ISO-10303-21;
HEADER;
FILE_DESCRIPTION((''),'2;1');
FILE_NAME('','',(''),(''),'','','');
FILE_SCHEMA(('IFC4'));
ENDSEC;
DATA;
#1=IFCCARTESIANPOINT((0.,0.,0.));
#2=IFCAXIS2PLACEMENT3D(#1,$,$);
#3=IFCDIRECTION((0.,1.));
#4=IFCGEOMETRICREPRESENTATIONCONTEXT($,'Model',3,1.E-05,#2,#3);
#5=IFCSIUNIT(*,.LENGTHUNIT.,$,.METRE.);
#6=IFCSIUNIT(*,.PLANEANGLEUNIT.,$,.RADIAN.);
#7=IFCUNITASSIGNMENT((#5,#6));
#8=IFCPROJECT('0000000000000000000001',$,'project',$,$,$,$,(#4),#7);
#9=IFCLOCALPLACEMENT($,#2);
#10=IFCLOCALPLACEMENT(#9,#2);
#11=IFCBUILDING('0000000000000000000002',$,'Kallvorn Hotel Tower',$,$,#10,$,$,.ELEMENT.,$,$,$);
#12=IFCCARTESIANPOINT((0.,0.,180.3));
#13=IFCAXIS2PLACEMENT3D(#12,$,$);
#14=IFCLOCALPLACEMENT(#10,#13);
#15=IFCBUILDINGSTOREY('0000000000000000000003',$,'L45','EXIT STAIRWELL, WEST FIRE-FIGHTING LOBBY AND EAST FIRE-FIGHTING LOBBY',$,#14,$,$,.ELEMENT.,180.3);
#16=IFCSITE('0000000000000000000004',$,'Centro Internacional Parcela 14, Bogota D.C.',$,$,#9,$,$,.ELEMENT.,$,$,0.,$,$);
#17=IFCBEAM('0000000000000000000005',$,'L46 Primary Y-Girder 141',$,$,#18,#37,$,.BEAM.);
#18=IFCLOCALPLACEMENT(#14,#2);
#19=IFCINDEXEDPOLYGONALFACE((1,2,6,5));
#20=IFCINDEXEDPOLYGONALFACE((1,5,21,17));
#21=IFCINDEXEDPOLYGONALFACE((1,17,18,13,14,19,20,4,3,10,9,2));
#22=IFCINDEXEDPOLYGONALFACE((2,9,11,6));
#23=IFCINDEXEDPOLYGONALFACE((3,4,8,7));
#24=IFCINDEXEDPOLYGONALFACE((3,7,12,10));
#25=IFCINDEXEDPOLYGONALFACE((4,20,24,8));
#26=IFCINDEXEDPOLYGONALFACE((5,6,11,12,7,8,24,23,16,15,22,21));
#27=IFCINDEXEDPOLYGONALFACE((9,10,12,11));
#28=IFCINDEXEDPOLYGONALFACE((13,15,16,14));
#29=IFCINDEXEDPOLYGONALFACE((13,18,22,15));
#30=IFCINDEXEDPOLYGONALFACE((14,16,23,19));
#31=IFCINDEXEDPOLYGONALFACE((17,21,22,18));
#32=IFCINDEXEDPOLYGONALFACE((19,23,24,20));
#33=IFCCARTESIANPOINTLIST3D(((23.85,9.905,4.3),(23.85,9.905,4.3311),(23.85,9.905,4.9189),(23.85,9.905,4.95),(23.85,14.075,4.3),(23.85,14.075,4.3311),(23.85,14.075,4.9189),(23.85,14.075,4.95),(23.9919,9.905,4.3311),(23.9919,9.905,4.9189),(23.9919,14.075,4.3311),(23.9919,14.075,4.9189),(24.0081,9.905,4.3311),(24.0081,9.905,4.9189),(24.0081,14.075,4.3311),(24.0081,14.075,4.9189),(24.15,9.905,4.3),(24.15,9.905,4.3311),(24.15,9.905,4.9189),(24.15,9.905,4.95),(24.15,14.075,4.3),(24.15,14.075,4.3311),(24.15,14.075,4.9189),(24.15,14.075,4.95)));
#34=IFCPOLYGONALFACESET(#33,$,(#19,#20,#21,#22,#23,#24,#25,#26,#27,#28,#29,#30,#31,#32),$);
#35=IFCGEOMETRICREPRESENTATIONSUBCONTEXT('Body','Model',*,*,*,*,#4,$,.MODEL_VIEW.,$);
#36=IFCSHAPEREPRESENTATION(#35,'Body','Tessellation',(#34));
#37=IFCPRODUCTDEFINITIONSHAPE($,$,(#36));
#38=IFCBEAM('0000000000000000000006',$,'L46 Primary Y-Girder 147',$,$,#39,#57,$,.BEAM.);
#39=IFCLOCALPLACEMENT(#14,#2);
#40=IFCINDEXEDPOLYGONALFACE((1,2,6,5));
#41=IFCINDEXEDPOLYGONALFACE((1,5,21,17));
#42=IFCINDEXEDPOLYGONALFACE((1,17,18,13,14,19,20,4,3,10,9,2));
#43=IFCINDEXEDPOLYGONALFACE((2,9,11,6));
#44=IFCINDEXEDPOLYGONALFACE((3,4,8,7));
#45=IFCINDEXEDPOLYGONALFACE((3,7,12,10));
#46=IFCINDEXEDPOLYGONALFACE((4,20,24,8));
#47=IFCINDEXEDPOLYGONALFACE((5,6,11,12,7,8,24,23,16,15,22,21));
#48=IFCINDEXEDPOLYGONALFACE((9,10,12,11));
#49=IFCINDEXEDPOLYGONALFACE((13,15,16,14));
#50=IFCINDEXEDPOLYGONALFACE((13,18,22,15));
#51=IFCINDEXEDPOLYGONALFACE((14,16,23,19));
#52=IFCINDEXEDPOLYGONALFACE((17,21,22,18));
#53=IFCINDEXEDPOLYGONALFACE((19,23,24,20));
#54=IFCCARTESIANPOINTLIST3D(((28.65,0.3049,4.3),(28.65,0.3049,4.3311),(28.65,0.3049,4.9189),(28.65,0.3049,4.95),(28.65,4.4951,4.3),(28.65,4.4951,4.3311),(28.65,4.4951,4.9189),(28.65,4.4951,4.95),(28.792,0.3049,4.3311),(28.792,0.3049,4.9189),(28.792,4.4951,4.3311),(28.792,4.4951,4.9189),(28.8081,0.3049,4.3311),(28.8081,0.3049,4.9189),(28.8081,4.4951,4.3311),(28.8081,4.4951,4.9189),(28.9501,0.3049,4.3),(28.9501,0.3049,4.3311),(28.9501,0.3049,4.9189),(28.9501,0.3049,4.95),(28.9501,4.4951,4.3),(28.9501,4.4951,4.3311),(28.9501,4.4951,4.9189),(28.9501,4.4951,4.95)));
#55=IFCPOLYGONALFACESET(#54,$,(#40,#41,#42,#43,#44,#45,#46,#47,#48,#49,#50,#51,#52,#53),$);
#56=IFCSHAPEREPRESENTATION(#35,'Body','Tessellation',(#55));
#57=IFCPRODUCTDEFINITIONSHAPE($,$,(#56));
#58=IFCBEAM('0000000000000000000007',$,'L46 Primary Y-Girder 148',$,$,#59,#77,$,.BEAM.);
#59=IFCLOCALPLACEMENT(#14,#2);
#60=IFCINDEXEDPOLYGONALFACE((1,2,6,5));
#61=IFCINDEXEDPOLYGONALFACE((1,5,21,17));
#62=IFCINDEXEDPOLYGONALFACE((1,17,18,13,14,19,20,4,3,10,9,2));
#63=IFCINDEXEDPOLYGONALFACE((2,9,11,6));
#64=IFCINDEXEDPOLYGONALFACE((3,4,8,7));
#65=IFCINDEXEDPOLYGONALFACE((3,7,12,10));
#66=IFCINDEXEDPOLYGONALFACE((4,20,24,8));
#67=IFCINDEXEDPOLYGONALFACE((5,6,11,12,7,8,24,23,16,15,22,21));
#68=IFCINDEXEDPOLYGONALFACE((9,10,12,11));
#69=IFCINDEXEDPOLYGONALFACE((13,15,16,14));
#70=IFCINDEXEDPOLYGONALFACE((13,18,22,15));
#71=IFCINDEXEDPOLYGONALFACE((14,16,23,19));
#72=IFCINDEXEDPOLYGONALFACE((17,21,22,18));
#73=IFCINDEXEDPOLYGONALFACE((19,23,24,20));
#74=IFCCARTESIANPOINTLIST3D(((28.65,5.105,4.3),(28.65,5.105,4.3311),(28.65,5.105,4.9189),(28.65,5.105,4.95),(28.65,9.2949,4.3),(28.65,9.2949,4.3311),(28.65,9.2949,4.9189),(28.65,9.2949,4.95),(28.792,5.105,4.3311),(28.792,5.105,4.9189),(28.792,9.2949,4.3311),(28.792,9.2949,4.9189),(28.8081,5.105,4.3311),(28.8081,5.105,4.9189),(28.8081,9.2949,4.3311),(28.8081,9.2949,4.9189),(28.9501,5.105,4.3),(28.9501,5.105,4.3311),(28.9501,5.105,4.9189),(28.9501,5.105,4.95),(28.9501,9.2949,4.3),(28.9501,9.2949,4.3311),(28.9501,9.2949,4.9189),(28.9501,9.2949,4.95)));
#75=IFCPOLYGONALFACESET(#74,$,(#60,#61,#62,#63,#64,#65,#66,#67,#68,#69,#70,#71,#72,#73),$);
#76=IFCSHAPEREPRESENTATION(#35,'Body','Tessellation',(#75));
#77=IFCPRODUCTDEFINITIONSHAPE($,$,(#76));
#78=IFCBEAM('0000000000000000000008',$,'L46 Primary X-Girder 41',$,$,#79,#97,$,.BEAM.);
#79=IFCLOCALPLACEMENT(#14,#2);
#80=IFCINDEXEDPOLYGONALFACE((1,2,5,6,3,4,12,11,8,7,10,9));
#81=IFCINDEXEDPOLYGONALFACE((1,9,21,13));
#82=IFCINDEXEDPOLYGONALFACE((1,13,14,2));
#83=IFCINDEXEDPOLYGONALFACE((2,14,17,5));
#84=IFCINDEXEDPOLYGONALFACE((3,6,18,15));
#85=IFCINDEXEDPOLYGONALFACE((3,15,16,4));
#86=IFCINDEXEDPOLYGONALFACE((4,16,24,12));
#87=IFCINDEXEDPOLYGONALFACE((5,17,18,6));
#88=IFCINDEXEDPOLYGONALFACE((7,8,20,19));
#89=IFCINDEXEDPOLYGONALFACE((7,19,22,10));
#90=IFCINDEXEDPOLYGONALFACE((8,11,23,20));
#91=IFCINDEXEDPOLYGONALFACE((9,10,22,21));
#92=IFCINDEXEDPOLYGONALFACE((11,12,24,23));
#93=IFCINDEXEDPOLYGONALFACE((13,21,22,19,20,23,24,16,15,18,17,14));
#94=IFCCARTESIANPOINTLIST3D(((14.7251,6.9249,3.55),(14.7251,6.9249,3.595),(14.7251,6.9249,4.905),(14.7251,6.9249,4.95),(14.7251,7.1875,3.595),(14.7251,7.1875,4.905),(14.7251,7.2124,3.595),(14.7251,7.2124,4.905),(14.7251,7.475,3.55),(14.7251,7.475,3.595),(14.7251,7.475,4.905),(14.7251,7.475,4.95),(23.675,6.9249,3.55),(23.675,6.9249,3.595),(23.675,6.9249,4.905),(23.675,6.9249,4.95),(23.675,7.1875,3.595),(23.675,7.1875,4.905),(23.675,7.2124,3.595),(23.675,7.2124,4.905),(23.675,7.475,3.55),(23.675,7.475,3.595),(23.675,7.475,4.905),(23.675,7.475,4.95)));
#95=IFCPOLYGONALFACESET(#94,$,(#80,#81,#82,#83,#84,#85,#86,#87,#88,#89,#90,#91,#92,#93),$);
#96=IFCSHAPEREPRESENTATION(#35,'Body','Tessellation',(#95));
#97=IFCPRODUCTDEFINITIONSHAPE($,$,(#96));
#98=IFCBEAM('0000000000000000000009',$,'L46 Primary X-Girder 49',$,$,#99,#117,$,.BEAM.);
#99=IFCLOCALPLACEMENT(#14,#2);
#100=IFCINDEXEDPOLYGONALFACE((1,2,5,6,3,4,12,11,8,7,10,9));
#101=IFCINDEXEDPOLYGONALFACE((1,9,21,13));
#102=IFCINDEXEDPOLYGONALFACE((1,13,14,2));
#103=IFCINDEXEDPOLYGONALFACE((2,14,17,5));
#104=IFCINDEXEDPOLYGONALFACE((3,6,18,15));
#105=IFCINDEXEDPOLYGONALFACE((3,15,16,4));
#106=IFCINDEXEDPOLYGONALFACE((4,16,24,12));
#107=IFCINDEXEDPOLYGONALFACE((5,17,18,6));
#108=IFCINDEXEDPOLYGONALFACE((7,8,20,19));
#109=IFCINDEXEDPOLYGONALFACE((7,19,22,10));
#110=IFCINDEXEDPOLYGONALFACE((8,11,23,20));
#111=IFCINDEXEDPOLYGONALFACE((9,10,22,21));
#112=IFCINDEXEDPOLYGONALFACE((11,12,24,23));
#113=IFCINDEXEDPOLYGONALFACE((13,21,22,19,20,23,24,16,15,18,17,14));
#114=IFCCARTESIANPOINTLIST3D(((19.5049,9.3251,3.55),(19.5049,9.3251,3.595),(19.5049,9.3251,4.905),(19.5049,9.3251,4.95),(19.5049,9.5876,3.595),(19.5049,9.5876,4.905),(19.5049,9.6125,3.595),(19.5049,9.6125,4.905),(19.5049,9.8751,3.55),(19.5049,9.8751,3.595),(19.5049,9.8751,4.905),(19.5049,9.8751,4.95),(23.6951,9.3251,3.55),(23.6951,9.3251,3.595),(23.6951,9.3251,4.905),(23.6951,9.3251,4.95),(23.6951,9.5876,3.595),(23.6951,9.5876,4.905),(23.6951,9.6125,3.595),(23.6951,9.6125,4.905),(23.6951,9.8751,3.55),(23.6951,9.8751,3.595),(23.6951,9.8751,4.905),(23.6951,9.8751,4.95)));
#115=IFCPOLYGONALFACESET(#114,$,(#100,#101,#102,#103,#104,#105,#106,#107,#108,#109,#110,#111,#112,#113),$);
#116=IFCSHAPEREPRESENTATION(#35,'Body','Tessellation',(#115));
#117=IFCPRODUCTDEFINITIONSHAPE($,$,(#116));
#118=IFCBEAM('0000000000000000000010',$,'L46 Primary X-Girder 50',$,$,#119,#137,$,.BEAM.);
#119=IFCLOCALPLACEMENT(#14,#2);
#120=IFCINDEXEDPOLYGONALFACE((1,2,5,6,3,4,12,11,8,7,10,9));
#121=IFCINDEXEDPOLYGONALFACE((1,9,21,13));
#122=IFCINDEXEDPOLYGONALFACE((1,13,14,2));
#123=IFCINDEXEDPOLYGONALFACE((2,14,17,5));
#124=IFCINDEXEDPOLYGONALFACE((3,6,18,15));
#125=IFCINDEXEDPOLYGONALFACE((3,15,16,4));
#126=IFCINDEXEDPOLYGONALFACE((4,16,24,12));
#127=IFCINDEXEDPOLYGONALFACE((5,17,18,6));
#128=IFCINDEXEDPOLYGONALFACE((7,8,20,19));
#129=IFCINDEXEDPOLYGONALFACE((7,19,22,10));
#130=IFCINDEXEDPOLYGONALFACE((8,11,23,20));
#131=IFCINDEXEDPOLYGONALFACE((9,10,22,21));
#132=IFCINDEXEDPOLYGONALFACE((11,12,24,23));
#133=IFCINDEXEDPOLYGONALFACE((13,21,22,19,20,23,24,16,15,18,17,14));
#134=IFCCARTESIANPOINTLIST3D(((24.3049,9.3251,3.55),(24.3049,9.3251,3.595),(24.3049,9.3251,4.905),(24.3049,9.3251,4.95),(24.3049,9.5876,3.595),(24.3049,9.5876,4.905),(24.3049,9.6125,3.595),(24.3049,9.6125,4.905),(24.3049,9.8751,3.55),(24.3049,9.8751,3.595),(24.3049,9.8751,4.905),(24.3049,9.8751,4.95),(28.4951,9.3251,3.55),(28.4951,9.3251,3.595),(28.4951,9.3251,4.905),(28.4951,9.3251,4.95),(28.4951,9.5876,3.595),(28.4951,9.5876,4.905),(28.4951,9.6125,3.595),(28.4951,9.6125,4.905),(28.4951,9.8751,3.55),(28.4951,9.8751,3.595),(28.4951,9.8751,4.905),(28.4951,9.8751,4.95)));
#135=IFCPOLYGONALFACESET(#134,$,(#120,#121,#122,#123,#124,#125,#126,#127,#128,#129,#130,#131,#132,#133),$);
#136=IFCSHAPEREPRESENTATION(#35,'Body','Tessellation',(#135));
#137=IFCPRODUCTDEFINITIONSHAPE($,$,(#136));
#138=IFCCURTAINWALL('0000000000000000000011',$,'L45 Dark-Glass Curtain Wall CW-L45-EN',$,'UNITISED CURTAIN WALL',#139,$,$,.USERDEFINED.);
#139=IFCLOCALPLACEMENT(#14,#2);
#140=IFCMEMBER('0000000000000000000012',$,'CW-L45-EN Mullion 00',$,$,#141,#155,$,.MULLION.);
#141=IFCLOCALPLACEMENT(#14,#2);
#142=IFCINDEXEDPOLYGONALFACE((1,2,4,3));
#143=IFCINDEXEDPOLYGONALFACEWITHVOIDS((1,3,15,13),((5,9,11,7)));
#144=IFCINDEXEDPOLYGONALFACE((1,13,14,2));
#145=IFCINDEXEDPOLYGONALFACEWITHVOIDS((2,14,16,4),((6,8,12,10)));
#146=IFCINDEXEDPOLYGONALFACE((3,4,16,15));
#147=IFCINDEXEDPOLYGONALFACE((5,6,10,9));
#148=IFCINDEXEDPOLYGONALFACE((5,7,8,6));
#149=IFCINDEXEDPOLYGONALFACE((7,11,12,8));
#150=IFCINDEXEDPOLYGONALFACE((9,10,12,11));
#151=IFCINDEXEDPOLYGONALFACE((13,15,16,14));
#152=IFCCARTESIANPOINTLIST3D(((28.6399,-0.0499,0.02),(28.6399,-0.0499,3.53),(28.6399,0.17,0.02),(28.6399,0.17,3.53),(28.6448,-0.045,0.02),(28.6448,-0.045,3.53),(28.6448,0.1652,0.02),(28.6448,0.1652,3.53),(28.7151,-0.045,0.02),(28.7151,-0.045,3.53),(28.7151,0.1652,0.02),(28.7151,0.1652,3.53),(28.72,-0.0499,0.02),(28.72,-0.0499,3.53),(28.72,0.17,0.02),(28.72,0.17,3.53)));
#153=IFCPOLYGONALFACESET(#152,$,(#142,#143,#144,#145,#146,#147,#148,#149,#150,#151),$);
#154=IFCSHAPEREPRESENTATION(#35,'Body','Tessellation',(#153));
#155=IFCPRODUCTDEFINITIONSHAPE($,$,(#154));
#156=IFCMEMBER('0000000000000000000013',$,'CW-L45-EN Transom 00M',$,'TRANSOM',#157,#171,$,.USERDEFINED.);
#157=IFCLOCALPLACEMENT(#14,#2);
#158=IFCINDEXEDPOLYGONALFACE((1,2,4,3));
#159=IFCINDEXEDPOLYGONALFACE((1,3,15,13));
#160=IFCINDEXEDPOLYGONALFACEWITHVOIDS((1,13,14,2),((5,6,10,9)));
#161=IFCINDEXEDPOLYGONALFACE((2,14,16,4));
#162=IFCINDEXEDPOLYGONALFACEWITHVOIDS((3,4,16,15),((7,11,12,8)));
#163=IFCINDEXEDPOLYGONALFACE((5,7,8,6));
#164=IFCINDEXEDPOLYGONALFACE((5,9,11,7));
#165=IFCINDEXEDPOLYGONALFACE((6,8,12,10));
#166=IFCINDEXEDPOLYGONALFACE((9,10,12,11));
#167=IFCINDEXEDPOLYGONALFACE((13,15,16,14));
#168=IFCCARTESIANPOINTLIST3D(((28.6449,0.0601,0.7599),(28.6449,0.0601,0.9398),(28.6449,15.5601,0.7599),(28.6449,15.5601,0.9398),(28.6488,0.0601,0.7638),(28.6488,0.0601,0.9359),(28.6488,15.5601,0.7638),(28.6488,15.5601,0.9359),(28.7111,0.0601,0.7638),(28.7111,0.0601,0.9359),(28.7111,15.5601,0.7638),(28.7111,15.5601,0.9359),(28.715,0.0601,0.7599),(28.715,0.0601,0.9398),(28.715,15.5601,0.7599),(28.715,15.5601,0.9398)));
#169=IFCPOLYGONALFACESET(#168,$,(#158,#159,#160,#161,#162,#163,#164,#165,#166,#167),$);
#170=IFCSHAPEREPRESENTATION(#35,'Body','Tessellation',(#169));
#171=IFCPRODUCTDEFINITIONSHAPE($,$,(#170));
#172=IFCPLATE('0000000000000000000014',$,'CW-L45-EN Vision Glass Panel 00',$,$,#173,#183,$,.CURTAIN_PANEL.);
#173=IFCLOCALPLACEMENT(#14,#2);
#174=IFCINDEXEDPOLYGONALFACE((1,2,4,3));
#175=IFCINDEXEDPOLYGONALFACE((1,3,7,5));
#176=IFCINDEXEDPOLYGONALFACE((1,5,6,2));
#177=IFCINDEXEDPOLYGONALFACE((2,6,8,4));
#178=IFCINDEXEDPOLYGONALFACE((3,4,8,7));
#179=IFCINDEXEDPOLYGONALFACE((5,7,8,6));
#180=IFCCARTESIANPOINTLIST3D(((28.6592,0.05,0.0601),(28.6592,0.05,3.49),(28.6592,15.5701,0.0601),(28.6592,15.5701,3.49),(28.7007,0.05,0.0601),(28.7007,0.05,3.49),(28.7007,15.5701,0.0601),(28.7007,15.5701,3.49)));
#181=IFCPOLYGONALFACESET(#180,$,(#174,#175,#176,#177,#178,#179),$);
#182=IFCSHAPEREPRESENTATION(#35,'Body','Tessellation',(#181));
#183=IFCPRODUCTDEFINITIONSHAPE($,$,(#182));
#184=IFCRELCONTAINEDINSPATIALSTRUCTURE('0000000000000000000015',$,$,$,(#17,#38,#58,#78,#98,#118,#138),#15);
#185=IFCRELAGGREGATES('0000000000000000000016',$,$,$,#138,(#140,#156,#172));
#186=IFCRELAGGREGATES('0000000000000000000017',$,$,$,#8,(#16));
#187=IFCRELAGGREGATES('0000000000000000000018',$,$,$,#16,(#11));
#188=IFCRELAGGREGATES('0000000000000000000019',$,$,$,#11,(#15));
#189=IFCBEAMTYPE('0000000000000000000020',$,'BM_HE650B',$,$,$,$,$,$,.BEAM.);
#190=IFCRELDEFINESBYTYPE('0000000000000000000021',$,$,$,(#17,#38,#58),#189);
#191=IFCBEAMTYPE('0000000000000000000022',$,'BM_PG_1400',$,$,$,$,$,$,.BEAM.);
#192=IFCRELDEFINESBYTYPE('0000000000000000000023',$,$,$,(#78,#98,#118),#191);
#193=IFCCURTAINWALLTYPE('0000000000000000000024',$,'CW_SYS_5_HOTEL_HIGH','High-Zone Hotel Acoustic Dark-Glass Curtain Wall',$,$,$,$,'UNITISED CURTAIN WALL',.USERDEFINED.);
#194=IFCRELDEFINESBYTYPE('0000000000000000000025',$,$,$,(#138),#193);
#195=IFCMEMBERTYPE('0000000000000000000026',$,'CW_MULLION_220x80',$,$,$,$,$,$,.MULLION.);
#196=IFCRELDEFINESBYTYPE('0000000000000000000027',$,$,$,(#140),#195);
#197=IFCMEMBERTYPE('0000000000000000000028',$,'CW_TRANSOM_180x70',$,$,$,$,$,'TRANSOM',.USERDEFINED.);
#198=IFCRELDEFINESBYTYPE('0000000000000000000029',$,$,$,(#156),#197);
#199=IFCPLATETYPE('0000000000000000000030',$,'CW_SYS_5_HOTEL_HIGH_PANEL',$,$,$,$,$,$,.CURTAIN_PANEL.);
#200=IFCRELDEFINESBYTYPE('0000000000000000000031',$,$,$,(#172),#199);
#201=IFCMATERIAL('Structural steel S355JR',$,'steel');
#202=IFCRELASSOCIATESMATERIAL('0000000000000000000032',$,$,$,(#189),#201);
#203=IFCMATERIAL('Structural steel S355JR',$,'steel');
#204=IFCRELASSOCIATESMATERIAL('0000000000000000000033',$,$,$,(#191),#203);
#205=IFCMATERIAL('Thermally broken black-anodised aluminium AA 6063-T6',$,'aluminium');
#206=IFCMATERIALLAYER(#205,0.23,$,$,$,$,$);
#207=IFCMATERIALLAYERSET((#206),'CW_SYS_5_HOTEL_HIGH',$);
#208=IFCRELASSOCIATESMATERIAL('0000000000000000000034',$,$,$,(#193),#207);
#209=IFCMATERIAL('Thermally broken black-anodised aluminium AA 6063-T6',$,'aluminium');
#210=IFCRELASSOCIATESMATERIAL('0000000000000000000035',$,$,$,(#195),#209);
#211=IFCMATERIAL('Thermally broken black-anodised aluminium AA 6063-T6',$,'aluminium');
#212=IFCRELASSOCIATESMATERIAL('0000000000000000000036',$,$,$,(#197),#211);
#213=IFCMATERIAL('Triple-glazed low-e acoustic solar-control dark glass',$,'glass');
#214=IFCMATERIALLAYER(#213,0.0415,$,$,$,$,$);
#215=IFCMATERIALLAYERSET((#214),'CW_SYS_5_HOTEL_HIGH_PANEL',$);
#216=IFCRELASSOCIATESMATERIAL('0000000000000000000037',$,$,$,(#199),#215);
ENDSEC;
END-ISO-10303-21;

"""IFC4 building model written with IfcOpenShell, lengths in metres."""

from ifc_helpers import new_model, si_unit, direction, frame, origin, origin_2d, place, context, subcontext, project, spatial, rectangle, hollow_rectangle, i_section, extrude, material, layer, layer_set, material_profile, profile_set, type_object, element, aggregate, save


model = new_model("IFC4")

# Units and contexts
model_context = context("Model", 3, precision=1e-05, world=origin(), true_north=direction((0.0, 1.0)))
body_context = subcontext(model_context, "Body", "Model", "MODEL_VIEW")
ifc_project = project(units=[si_unit("LENGTHUNIT", "METRE"), si_unit("PLANEANGLEUNIT", "RADIAN")], contexts=[model_context])

# Site, building, storey
site_placement = place(None, origin())
site = spatial("IfcSite", under=ifc_project, at=site_placement, Name="Centro Internacional Parcela 14, Bogota D.C.", CompositionType="ELEMENT", RefElevation=0.0)
building_placement = place(site_placement, origin())
building = spatial("IfcBuilding", under=site, at=building_placement, Name="Kallvorn Hotel Tower", CompositionType="ELEMENT")
storey_placement = place(building_placement, frame((0.0, 0.0, 180.3)))
storey = spatial("IfcBuildingStorey", under=building, at=storey_placement, Name="L45", Description="EXIT STAIRWELL, WEST FIRE-FIGHTING LOBBY AND EAST FIRE-FIGHTING LOBBY", CompositionType="ELEMENT", Elevation=180.3)

# Beams
ifc_material_1 = material(Name="Structural steel S355JR", Category="steel")
ifc_material_profile_1 = material_profile(ifc_material_1, i_section(OverallWidth=0.3, OverallDepth=0.6499, WebThickness=0.0161, FlangeThickness=0.031, at=origin_2d()), Name="HE 650 B")
ifc_profile_set_1 = profile_set([ifc_material_profile_1], Name="Structural steel S355JR")
beam_type_1 = type_object("IfcBeamType", Name="BM_HE650B", PredefinedType="BEAM", material=ifc_profile_set_1)
beam_1_placement = place(storey_placement, frame((24.0, 9.905, 4.625), z_axis=(0.0, 1.0, 0.0), x_axis=(-1.0, 0.0, 0.0)))
element("IfcBeam", 1, at=beam_1_placement, inside=storey, type_object=beam_type_1, Name="L46 Primary Y-Girder 141", PredefinedType="BEAM", context=body_context, shape_type="SweptSolid", body=[
    extrude(i_section(OverallWidth=0.3, OverallDepth=0.6499, WebThickness=0.0161, FlangeThickness=0.031, at=origin_2d()), origin(), (0.0, 0.0, 1.0), 4.1699),
])
beam_2_placement = place(storey_placement, frame((28.8, 0.3049, 4.625), z_axis=(0.0, 1.0, 0.0), x_axis=(-1.0, 0.0, 0.0)))
element("IfcBeam", 2, at=beam_2_placement, inside=storey, type_object=beam_type_1, Name="L46 Primary Y-Girder 147", PredefinedType="BEAM", context=body_context, shape_type="SweptSolid", body=[
    extrude(i_section(OverallWidth=0.3, OverallDepth=0.6499, WebThickness=0.0161, FlangeThickness=0.031, at=origin_2d()), origin(), (0.0, 0.0, 1.0), 4.1902),
])
beam_3_placement = place(storey_placement, frame((28.8, 5.105, 4.625), z_axis=(0.0, 1.0, 0.0), x_axis=(-1.0, 0.0, 0.0)))
element("IfcBeam", 3, at=beam_3_placement, inside=storey, type_object=beam_type_1, Name="L46 Primary Y-Girder 148", PredefinedType="BEAM", context=body_context, shape_type="SweptSolid", body=[
    extrude(i_section(OverallWidth=0.3, OverallDepth=0.6499, WebThickness=0.0161, FlangeThickness=0.031, at=origin_2d()), origin(), (0.0, 0.0, 1.0), 4.1899),
])
ifc_material_2 = material(Name="Structural steel S355JR", Category="steel")
ifc_material_profile_2 = material_profile(ifc_material_2, i_section(OverallWidth=0.55, OverallDepth=1.3999, WebThickness=0.0249, FlangeThickness=0.0449, at=origin_2d()), Name="PG 1400x550x25x45")
ifc_profile_set_2 = profile_set([ifc_material_profile_2], Name="Structural steel S355JR")
beam_type_2 = type_object("IfcBeamType", Name="BM_PG_1400", PredefinedType="BEAM", material=ifc_profile_set_2)
beam_4_placement = place(storey_placement, frame((14.7251, 7.2, 4.25), z_axis=(1.0, 0.0, 0.0), x_axis=(0.0, 1.0, 0.0)))
element("IfcBeam", 4, at=beam_4_placement, inside=storey, type_object=beam_type_2, Name="L46 Primary X-Girder 41", PredefinedType="BEAM", context=body_context, shape_type="SweptSolid", body=[
    extrude(i_section(OverallWidth=0.55, OverallDepth=1.3999, WebThickness=0.0249, FlangeThickness=0.0449, at=origin_2d()), origin(), (0.0, 0.0, 1.0), 8.95),
])
for number, where, z_axis, x_axis, name in (
    (5, (19.5049, 9.6001, 4.25), (1.0, 0.0, 0.0), (0.0, 1.0, 0.0), "L46 Primary X-Girder 49"),
    (6, (24.3049, 9.6001, 4.25), (1.0, 0.0, 0.0), (0.0, 1.0, 0.0), "L46 Primary X-Girder 50"),
):
    element("IfcBeam", number, at=place(storey_placement, frame(where, z_axis=z_axis, x_axis=x_axis)), inside=storey, type_object=beam_type_2, Name=name, PredefinedType="BEAM", context=body_context, shape_type="SweptSolid", body=[
        extrude(i_section(OverallWidth=0.55, OverallDepth=1.3999, WebThickness=0.0249, FlangeThickness=0.0449, at=origin_2d()), origin(), (0.0, 0.0, 1.0), 4.1902),
    ])

# Curtain wall, members, plate
ifc_material_3 = material(Name="Thermally broken black-anodised aluminium AA 6063-T6", Category="aluminium")
ifc_layer_1 = layer(ifc_material_3, 0.23)
ifc_layer_set_1 = layer_set([ifc_layer_1], Name="CW_SYS_5_HOTEL_HIGH")
curtain_wall_type = type_object("IfcCurtainWallType", Name="CW_SYS_5_HOTEL_HIGH", Description="High-Zone Hotel Acoustic Dark-Glass Curtain Wall", ElementType="UNITISED CURTAIN WALL", PredefinedType="USERDEFINED", material=ifc_layer_set_1)
curtain_wall_placement = place(storey_placement, origin())
curtain_wall = element("IfcCurtainWall", 7, at=curtain_wall_placement, inside=storey, type_object=curtain_wall_type, Name="L45 Dark-Glass Curtain Wall CW-L45-EN", ObjectType="UNITISED CURTAIN WALL", PredefinedType="USERDEFINED")
ifc_material_4 = material(Name="Thermally broken black-anodised aluminium AA 6063-T6", Category="aluminium")
ifc_material_profile_3 = material_profile(ifc_material_4, hollow_rectangle(XDim=0.0801, YDim=0.22, WallThickness=0.0049, at=origin_2d()), Name="MUL 220x80")
ifc_profile_set_3 = profile_set([ifc_material_profile_3], Name="Thermally broken black-anodised aluminium AA 6063-T6")
member_type_1 = type_object("IfcMemberType", Name="CW_MULLION_220x80", PredefinedType="MULLION", material=ifc_profile_set_3)
member_1_placement = place(storey_placement, frame((28.6799, 0.0601, 0.02), z_axis=(0.0, 0.0, 1.0), x_axis=(1.0, 0.0, 0.0)))
member_1 = element("IfcMember", 8, at=member_1_placement, type_object=member_type_1, Name="CW-L45-EN Mullion 00", PredefinedType="MULLION", context=body_context, shape_type="SweptSolid", body=[
    extrude(hollow_rectangle(XDim=0.0801, YDim=0.22, WallThickness=0.0049, at=origin_2d()), origin(), (0.0, 0.0, 1.0), 3.51),
])
ifc_material_5 = material(Name="Thermally broken black-anodised aluminium AA 6063-T6", Category="aluminium")
ifc_material_profile_4 = material_profile(ifc_material_5, hollow_rectangle(XDim=0.0701, YDim=0.1799, WallThickness=0.0039, at=origin_2d()), Name="TRN 180x70")
ifc_profile_set_4 = profile_set([ifc_material_profile_4], Name="Thermally broken black-anodised aluminium AA 6063-T6")
member_type_2 = type_object("IfcMemberType", Name="CW_TRANSOM_180x70", ElementType="TRANSOM", PredefinedType="USERDEFINED", material=ifc_profile_set_4)
member_2_placement = place(storey_placement, frame((28.6799, 0.0601, 0.8499), z_axis=(0.0, 1.0, 0.0), x_axis=(-1.0, 0.0, 0.0)))
member_2 = element("IfcMember", 9, at=member_2_placement, type_object=member_type_2, Name="CW-L45-EN Transom 00M", ObjectType="TRANSOM", PredefinedType="USERDEFINED", context=body_context, shape_type="SweptSolid", body=[
    extrude(hollow_rectangle(XDim=0.0701, YDim=0.1799, WallThickness=0.0039, at=origin_2d()), origin(), (0.0, 0.0, 1.0), 15.5),
])
ifc_material_6 = material(Name="Triple-glazed low-e acoustic solar-control dark glass", Category="glass")
ifc_layer_2 = layer(ifc_material_6, 0.0415)
ifc_layer_set_2 = layer_set([ifc_layer_2], Name="CW_SYS_5_HOTEL_HIGH_PANEL")
plate_type = type_object("IfcPlateType", Name="CW_SYS_5_HOTEL_HIGH_PANEL", PredefinedType="CURTAIN_PANEL", material=ifc_layer_set_2)
plate_placement = place(storey_placement, frame((28.6799, 7.8101, 0.0601), z_axis=(0.0, 0.0, 1.0), x_axis=(0.0, 1.0, 0.0)))
plate = element("IfcPlate", 10, at=plate_placement, type_object=plate_type, Name="CW-L45-EN Vision Glass Panel 00", PredefinedType="CURTAIN_PANEL", context=body_context, shape_type="SweptSolid", body=[
    extrude(rectangle(XDim=15.52, YDim=0.0415, at=origin_2d()), origin(), (0.0, 0.0, 1.0), 3.4299),
])
aggregate(curtain_wall, [member_1, member_2, plate])

save(model, "model.ifc")
